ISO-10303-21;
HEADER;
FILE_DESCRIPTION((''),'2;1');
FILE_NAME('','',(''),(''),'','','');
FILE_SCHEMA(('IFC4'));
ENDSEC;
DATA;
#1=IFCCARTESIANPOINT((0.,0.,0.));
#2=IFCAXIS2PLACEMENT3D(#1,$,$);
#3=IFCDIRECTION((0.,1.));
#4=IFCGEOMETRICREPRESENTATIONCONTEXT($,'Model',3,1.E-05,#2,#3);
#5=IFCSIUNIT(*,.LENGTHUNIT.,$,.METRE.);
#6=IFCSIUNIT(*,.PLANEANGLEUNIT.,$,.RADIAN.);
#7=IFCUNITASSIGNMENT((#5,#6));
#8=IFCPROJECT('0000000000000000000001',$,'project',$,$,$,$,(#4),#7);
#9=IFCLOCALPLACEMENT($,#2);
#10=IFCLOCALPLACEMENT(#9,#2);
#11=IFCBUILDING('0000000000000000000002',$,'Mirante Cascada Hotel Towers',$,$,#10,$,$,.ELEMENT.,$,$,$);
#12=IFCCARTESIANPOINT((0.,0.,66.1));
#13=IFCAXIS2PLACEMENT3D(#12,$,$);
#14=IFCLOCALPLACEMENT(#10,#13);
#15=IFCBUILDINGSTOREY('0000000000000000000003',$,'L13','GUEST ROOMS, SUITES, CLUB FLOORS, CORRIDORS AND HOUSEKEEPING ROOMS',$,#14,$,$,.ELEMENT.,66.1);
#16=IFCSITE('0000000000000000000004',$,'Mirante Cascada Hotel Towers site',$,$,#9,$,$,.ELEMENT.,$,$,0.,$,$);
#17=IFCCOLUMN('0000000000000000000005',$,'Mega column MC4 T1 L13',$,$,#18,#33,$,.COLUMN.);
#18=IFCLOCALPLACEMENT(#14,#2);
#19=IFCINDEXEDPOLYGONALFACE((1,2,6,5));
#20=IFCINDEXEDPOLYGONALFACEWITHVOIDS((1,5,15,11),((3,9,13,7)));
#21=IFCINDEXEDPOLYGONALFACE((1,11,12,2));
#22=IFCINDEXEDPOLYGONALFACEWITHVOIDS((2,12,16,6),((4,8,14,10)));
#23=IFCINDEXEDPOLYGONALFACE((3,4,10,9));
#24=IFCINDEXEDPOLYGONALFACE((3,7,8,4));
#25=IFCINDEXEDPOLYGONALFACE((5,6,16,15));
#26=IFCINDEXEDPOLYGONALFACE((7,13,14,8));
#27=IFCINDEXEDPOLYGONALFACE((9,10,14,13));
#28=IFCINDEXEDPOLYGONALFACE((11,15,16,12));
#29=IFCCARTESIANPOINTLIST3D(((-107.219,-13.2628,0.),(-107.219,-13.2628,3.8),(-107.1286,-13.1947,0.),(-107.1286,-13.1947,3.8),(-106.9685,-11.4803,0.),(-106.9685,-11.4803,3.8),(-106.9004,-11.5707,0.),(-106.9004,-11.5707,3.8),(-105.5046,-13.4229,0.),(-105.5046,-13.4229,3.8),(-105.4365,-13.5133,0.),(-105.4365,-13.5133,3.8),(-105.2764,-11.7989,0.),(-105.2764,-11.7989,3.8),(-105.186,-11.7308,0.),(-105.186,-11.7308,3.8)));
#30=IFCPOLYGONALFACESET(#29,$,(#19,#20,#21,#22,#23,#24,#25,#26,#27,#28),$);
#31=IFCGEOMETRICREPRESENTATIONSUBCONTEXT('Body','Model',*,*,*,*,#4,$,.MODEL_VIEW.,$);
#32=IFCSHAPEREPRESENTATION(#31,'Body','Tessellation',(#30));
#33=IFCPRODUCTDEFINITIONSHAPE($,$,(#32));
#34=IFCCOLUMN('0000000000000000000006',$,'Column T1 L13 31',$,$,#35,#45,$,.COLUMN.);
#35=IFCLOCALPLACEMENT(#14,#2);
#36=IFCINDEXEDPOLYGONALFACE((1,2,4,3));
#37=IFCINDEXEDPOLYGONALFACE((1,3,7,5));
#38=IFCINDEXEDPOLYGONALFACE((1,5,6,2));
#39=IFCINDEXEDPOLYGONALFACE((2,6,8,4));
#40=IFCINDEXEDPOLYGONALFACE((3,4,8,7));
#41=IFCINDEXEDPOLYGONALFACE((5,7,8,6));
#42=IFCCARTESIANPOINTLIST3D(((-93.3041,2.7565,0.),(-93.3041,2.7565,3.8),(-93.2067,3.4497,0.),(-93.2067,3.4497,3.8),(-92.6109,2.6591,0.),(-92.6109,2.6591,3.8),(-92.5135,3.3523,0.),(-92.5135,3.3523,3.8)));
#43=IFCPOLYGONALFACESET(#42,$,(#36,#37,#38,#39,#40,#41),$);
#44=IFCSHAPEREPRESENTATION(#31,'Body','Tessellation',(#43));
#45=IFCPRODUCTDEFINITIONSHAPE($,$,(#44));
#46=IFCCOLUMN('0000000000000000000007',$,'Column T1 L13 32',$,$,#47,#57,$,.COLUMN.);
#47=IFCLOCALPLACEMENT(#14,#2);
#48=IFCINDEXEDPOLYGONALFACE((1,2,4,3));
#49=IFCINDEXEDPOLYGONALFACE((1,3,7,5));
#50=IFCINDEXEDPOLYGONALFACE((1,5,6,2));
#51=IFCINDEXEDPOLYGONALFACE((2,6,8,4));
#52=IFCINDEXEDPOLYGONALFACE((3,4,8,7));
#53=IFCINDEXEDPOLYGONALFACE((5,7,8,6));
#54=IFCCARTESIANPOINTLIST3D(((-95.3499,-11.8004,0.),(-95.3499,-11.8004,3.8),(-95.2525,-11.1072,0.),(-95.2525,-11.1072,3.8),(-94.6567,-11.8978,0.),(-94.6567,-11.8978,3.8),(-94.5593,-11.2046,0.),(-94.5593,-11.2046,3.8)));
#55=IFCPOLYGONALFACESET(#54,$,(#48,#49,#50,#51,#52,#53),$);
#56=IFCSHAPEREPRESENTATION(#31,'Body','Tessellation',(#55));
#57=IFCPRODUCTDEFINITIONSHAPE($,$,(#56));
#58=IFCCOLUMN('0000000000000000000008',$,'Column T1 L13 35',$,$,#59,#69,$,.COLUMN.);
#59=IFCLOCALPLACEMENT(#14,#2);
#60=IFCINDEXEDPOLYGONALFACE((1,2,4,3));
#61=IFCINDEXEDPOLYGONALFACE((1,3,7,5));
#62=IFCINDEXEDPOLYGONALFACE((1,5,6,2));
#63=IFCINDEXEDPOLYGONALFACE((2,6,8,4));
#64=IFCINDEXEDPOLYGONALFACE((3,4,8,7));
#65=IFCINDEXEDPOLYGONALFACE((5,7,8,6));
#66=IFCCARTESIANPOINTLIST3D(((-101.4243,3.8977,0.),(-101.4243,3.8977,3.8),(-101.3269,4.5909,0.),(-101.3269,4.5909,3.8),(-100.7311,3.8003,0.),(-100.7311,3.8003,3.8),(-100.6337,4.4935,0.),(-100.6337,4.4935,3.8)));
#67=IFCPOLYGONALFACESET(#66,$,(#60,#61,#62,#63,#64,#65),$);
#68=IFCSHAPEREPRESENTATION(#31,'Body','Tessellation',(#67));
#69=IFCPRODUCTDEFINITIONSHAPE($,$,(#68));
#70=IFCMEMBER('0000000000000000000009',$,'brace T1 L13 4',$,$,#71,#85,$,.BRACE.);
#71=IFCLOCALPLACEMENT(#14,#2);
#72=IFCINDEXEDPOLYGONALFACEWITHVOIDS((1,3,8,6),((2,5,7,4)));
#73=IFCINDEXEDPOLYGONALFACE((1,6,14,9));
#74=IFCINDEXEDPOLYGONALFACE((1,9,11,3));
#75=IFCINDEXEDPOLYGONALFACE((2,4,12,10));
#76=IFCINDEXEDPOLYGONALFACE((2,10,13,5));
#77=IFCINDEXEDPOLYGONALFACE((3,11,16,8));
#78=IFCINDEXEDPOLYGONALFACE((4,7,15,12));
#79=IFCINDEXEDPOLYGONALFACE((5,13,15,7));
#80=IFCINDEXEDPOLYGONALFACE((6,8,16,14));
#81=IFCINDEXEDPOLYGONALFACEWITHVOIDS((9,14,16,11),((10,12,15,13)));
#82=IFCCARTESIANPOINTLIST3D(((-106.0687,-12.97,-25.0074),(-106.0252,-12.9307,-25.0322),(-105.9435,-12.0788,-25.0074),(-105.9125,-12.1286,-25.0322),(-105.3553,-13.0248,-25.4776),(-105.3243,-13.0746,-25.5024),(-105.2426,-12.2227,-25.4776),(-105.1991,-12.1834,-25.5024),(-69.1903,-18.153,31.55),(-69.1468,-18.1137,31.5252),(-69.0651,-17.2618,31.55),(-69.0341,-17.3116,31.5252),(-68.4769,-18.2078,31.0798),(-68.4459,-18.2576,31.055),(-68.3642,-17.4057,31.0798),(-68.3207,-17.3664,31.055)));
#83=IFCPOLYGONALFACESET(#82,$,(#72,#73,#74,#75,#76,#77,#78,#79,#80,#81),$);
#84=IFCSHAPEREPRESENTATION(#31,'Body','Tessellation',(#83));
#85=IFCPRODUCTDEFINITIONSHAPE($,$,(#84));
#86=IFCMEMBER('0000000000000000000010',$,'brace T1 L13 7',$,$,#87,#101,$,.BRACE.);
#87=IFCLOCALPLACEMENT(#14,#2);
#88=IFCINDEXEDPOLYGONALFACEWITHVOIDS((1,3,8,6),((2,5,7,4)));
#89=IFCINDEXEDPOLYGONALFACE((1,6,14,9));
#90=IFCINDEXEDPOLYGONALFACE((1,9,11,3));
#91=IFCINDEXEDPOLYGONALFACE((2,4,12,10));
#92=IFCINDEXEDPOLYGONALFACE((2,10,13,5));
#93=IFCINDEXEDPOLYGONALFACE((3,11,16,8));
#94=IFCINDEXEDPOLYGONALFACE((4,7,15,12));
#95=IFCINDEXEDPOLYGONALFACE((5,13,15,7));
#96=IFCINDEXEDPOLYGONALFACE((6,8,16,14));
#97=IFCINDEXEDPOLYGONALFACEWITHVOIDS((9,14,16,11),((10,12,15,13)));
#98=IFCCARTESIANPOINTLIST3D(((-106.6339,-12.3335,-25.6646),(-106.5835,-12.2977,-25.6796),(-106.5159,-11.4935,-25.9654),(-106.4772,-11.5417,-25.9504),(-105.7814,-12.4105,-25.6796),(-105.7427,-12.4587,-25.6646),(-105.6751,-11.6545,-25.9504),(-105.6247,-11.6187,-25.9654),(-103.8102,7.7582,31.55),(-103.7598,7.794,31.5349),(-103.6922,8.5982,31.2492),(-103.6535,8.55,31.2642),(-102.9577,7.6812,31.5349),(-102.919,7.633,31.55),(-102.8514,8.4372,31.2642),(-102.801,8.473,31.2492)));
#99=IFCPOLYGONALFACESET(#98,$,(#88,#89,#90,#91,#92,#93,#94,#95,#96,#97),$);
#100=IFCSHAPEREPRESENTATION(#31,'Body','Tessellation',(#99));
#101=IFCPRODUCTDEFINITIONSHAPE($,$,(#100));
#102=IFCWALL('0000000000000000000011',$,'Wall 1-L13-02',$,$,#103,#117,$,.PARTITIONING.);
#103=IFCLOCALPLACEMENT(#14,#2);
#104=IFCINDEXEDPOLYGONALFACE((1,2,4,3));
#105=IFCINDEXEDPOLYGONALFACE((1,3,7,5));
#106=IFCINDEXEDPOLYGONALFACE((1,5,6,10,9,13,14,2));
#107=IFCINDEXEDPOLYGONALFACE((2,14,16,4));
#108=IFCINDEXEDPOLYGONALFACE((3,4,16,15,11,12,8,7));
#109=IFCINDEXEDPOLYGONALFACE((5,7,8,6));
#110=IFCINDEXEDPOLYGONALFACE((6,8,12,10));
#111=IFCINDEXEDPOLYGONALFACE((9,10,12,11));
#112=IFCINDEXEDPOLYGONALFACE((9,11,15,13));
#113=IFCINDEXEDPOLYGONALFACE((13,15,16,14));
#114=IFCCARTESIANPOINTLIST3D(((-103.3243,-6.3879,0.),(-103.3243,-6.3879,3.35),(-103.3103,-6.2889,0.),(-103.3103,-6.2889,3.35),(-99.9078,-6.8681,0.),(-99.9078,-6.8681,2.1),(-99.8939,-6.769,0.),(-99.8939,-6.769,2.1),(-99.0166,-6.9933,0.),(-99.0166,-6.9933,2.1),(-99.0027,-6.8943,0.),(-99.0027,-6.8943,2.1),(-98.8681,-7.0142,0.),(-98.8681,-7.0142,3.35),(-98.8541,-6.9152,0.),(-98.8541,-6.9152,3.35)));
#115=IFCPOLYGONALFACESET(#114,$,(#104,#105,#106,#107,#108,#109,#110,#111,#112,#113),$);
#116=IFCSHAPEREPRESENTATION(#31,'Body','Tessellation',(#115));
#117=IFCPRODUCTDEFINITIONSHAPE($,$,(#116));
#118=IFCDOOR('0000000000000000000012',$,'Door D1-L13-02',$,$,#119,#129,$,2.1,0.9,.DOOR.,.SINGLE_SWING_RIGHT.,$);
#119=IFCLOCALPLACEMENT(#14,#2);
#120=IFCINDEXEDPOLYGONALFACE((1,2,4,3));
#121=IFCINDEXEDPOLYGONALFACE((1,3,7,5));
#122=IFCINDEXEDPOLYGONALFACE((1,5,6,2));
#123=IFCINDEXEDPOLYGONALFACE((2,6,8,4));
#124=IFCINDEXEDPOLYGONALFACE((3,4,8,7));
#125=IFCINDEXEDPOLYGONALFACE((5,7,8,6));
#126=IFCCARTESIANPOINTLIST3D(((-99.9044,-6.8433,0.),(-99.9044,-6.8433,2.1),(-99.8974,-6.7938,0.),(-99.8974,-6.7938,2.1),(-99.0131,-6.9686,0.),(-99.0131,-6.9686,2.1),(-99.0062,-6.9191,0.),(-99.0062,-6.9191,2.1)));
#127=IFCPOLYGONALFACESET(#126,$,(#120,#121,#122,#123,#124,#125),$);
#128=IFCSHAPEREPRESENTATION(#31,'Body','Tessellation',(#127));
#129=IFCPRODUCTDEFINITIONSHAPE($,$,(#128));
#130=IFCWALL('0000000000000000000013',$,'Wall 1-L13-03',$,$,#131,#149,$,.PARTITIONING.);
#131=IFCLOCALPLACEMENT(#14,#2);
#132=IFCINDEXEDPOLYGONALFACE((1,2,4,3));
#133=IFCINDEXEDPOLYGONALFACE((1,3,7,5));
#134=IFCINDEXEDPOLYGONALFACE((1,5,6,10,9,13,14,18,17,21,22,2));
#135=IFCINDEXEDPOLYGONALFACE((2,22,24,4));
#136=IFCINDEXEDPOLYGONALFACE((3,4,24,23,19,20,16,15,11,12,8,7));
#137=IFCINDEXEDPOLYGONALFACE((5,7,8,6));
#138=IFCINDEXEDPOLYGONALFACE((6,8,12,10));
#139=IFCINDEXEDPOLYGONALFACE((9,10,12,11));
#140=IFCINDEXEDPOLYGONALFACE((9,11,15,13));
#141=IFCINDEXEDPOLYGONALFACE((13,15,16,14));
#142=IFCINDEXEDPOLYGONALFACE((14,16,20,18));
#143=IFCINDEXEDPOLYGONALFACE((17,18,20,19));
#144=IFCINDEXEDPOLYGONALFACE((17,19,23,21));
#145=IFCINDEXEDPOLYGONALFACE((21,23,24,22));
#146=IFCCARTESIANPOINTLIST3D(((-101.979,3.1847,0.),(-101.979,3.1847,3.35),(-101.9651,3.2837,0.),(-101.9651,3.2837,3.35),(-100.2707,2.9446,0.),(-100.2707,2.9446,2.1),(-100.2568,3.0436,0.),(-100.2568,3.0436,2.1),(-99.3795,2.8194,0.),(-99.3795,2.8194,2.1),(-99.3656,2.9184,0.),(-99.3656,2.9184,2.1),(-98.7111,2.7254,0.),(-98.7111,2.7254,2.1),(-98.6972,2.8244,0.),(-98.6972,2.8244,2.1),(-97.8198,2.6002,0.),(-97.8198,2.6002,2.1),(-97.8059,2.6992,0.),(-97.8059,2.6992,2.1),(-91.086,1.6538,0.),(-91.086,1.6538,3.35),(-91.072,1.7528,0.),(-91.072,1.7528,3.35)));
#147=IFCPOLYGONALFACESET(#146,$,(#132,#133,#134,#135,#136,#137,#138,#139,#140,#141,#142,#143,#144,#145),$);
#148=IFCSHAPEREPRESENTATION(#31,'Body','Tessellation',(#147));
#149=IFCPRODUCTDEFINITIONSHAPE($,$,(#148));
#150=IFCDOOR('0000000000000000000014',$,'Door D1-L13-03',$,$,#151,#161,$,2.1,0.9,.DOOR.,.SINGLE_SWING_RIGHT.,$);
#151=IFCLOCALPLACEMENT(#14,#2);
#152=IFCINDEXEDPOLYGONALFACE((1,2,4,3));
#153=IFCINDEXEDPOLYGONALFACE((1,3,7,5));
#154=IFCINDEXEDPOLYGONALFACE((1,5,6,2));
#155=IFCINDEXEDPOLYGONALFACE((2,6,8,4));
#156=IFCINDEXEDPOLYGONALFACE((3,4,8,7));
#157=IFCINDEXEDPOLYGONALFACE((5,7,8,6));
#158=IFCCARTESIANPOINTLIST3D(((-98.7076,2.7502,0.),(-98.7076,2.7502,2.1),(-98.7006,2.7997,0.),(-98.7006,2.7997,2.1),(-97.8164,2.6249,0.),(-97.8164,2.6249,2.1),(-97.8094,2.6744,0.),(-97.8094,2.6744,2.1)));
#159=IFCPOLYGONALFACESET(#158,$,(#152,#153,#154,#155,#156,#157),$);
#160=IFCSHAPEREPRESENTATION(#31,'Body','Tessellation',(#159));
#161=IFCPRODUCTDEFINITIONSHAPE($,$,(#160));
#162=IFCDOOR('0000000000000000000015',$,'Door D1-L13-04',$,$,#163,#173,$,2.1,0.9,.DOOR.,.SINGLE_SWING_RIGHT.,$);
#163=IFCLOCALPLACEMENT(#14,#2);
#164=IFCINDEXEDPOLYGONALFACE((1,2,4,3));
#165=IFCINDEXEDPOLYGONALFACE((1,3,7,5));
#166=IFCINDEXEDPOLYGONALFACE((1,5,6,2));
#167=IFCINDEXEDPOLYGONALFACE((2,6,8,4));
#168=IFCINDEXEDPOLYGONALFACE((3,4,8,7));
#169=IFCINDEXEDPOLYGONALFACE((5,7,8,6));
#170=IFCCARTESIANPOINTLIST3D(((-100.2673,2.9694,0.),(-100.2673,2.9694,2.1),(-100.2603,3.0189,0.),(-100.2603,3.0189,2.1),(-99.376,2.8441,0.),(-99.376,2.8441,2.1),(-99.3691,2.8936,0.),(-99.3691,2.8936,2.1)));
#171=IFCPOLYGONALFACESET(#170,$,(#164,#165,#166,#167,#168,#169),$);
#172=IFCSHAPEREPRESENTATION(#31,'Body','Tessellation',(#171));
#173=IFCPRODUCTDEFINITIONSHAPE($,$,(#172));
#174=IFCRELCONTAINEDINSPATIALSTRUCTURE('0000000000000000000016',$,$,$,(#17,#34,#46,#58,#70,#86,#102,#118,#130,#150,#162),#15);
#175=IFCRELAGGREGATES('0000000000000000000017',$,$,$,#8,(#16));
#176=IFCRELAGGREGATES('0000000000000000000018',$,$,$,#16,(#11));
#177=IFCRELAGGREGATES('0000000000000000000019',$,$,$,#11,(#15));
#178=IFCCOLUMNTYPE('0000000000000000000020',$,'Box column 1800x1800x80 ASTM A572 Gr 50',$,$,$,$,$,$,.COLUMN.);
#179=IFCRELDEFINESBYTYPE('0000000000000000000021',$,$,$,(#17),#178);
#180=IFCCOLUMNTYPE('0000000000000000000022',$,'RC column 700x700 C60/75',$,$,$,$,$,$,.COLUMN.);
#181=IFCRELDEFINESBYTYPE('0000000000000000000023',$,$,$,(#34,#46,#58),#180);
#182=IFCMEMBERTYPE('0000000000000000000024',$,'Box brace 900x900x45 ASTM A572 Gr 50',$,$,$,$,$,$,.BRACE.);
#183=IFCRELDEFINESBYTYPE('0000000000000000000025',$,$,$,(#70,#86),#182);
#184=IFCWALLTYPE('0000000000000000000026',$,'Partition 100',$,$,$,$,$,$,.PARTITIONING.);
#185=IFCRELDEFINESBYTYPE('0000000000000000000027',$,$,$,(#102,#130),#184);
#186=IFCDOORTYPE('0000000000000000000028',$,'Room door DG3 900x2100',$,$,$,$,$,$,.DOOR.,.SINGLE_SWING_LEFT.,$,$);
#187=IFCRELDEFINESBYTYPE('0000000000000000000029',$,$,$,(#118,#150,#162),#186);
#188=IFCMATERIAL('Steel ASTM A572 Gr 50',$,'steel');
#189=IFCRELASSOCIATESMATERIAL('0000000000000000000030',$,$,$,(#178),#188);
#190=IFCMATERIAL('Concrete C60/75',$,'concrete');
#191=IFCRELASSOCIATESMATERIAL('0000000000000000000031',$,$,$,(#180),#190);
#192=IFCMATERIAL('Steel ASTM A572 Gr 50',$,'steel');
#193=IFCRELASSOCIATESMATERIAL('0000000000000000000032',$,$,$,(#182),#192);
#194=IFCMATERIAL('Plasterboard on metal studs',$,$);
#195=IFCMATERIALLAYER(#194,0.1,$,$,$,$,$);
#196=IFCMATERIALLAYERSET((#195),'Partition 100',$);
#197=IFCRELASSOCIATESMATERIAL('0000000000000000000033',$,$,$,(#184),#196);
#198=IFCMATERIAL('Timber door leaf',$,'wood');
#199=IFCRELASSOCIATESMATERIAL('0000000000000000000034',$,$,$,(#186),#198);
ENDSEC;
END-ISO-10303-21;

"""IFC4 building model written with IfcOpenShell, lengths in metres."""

from ifc_helpers import new_model, si_unit, direction, frame, frame_2d, origin, origin_2d, place, context, subcontext, project, spatial, rectangle, hollow_rectangle, extrude, material, layer, layer_set, material_profile, profile_set, type_object, element, fill, save


model = new_model("IFC4")

# Units and contexts
model_context = context("Model", 3, precision=1e-05, world=origin(), true_north=direction((0.0, 1.0)))
body_context = subcontext(model_context, "Body", "Model", "MODEL_VIEW")
ifc_project = project(units=[si_unit("LENGTHUNIT", "METRE"), si_unit("PLANEANGLEUNIT", "RADIAN")], contexts=[model_context])

# Site, building, storey
site_placement = place(None, origin())
site = spatial("IfcSite", under=ifc_project, at=site_placement, Name="Mirante Cascada Hotel Towers site", CompositionType="ELEMENT", RefElevation=0.0)
building_placement = place(site_placement, origin())
building = spatial("IfcBuilding", under=site, at=building_placement, Name="Mirante Cascada Hotel Towers", CompositionType="ELEMENT")
storey_placement = place(building_placement, frame((0.0, 0.0, 66.1)))
storey = spatial("IfcBuildingStorey", under=building, at=storey_placement, Name="L13", Description="GUEST ROOMS, SUITES, CLUB FLOORS, CORRIDORS AND HOUSEKEEPING ROOMS", CompositionType="ELEMENT", Elevation=66.1)

# Columns
ifc_material_1 = material(Name="Steel ASTM A572 Gr 50", Category="steel")
ifc_material_profile_1 = material_profile(ifc_material_1, hollow_rectangle(XDim=1.8, YDim=1.8, WallThickness=0.08, at=origin_2d()), Name="Box column 1800x1800x80 ASTM A572 Gr 50")
ifc_profile_set_1 = profile_set([ifc_material_profile_1], Name="Steel ASTM A572 Gr 50")
column_type_1 = type_object("IfcColumnType", Name="Box column 1800x1800x80 ASTM A572 Gr 50", PredefinedType="COLUMN", material=ifc_profile_set_1)
column_placement = place(storey_placement, frame((-106.2025, -12.4968, 0.0), z_axis=(0.0, 0.0, 1.0), x_axis=(-0.990268, 0.139173, 0.0)))
element("IfcColumn", 1, at=column_placement, inside=storey, type_object=column_type_1, Name="Mega column MC4 T1 L13", PredefinedType="COLUMN", context=body_context, shape_type="SweptSolid", body=[
    extrude(hollow_rectangle(XDim=1.8, YDim=1.8, WallThickness=0.08, at=origin_2d()), origin(), (0.0, 0.0, 1.0), 3.8),
])
ifc_material_2 = material(Name="Concrete C60/75", Category="concrete")
ifc_material_profile_2 = material_profile(ifc_material_2, rectangle(XDim=0.7, YDim=0.7, at=origin_2d()), Name="RC column 700x700 C60/75")
ifc_profile_set_2 = profile_set([ifc_material_profile_2], Name="Concrete C60/75")
column_type_2 = type_object("IfcColumnType", Name="RC column 700x700 C60/75", PredefinedType="COLUMN", material=ifc_profile_set_2)
for number, where, z_axis, x_axis, name in (
    (2, (-92.9088, 3.0544, 0.0), (0.0, 0.0, 1.0), (-0.990268, 0.139173, 0.0), "Column T1 L13 31"),
    (3, (-94.9546, -11.5025, 0.0), (0.0, 0.0, 1.0), (-0.990268, 0.139173, 0.0), "Column T1 L13 32"),
    (4, (-101.029, 4.1956, 0.0), (0.0, 0.0, 1.0), (-0.990268, 0.139173, 0.0), "Column T1 L13 35"),
):
    element("IfcColumn", number, at=place(storey_placement, frame(where, z_axis=z_axis, x_axis=x_axis)), inside=storey, type_object=column_type_2, Name=name, PredefinedType="COLUMN", context=body_context, shape_type="SweptSolid", body=[
        extrude(rectangle(XDim=0.7, YDim=0.7, at=origin_2d()), origin(), (0.0, 0.0, 1.0), 3.8),
    ])

# Members
ifc_material_3 = material(Name="Steel ASTM A572 Gr 50", Category="steel")
ifc_material_profile_3 = material_profile(ifc_material_3, hollow_rectangle(XDim=0.9, YDim=0.9, WallThickness=0.045, at=origin_2d()), Name="Box brace 900x900x45 ASTM A572 Gr 50")
ifc_profile_set_3 = profile_set([ifc_material_profile_3], Name="Steel ASTM A572 Gr 50")
member_type = type_object("IfcMemberType", Name="Box brace 900x900x45 ASTM A572 Gr 50", PredefinedType="BRACE", material=ifc_profile_set_3)
member_1_placement = place(storey_placement, frame((-105.6339, -12.5767, -25.2549), z_axis=(0.544594, -0.076539, 0.8352), x_axis=(0.139175, 0.990268, 0.0)))
element("IfcMember", 5, at=member_1_placement, inside=storey, type_object=member_type, Name="brace T1 L13 4", PredefinedType="BRACE", context=body_context, shape_type="SweptSolid", body=[
    extrude(hollow_rectangle(XDim=0.9, YDim=0.9, WallThickness=0.045, at=origin_2d()), origin(), (0.0, 0.0, 1.0), 67.7172),
])
member_2_placement = place(storey_placement, frame((-106.1293, -11.9761, -25.815), z_axis=(0.046515, 0.33097, 0.942494), x_axis=(-0.990268, 0.139173, 0.0)))
element("IfcMember", 6, at=member_2_placement, inside=storey, type_object=member_type, Name="brace T1 L13 7", PredefinedType="BRACE", context=body_context, shape_type="SweptSolid", body=[
    extrude(hollow_rectangle(XDim=0.9, YDim=0.9, WallThickness=0.045, at=origin_2d()), origin(), (0.0, 0.0, 1.0), 60.7055),
])

# Wall, opening, door
ifc_material_4 = material(Name="Plasterboard on metal studs")
ifc_layer_1 = layer(ifc_material_4, 0.1)
ifc_layer_set_1 = layer_set([ifc_layer_1], Name="Partition 100")
wall_type_1 = type_object("IfcWallType", Name="Partition 100", PredefinedType="PARTITIONING", material=ifc_layer_set_1)
wall_1_placement = place(storey_placement, frame((-98.8611, -6.9647, 0.0), z_axis=(0.0, 0.0, 1.0), x_axis=(-0.990267, 0.139178, 0.0)))
wall_1 = element("IfcWall", 7, at=wall_1_placement, inside=storey, type_object=wall_type_1, Name="Wall 1-L13-02", PredefinedType="PARTITIONING", context=body_context, shape_type="SweptSolid", body=[
    extrude(rectangle(XDim=4.5, YDim=0.1, at=frame_2d((2.25, 0.0))), origin(), (0.0, 0.0, 1.0), 3.35),
])
opening_1_placement = place(wall_1_placement, frame((0.15, 0.0, 0.0)))
opening_1 = element("IfcOpeningElement", 8, at=opening_1_placement, cuts=wall_1, PredefinedType="OPENING", context=body_context, shape_type="SweptSolid", body=[
    extrude(rectangle(XDim=0.9, YDim=2.1, at=frame_2d((0.45, 1.05))), frame((0.0, 0.05, 0.0), z_axis=(0.0, -1.0, 0.0), x_axis=(1.0, 0.0, 0.0)), (0.0, 0.0, 1.0), 0.1),
])
ifc_material_5 = material(Name="Timber door leaf", Category="wood")
door_type = type_object("IfcDoorType", Name="Room door DG3 900x2100", OperationType="SINGLE_SWING_LEFT", PredefinedType="DOOR", material=ifc_material_5)
door_1_placement = place(opening_1_placement, frame((0.9, 0.0, 0.0), z_axis=(0.0, 0.0, 1.0), x_axis=(-1.0, 0.0, 0.0)))
door_1 = element("IfcDoor", 9, at=door_1_placement, inside=storey, type_object=door_type, Name="Door D1-L13-02", OperationType="SINGLE_SWING_RIGHT", OverallHeight=2.1, OverallWidth=0.9, PredefinedType="DOOR", context=body_context, shape_type="SweptSolid", body=[
    extrude(rectangle(XDim=0.9, YDim=2.1, at=frame_2d((0.45, 1.05))), frame((0.0, 0.025, 0.0), z_axis=(0.0, -1.0, 0.0), x_axis=(1.0, 0.0, 0.0)), (0.0, 0.0, 1.0), 0.05),
])
fill(opening_1, door_1)

# Wall, openings, doors
wall_2_placement = place(storey_placement, frame((-101.972, 3.2342, 0.0), z_axis=(0.0, 0.0, 1.0), x_axis=(0.990268, -0.139172, 0.0)))
wall_2 = element("IfcWall", 10, at=wall_2_placement, inside=storey, type_object=wall_type_1, Name="Wall 1-L13-03", PredefinedType="PARTITIONING", context=body_context, shape_type="SweptSolid", body=[
    extrude(rectangle(XDim=11.0001, YDim=0.1, at=frame_2d((5.5, 0.0))), origin(), (0.0, 0.0, 1.0), 3.35),
])
opening_2_placement = place(wall_2_placement, frame((3.3, 0.0, 0.0)))
opening_2 = element("IfcOpeningElement", 11, at=opening_2_placement, cuts=wall_2, PredefinedType="OPENING", context=body_context, shape_type="SweptSolid", body=[
    extrude(rectangle(XDim=0.9, YDim=2.1, at=frame_2d((0.45, 1.05))), frame((0.0, 0.05, 0.0), z_axis=(0.0, -1.0, 0.0), x_axis=(1.0, 0.0, 0.0)), (0.0, 0.0, 1.0), 0.1),
])
opening_3_placement = place(wall_2_placement, frame((1.725, 0.0, 0.0)))
opening_3 = element("IfcOpeningElement", 12, at=opening_3_placement, cuts=wall_2, PredefinedType="OPENING", context=body_context, shape_type="SweptSolid", body=[
    extrude(rectangle(XDim=0.9, YDim=2.1, at=frame_2d((0.45, 1.05))), frame((0.0, 0.05, 0.0), z_axis=(0.0, -1.0, 0.0), x_axis=(1.0, 0.0, 0.0)), (0.0, 0.0, 1.0), 0.1),
])
door_2_placement = place(opening_2_placement, frame((0.9, 0.0, 0.0), z_axis=(0.0, 0.0, 1.0), x_axis=(-1.0, 0.0, 0.0)))
door_2 = element("IfcDoor", 13, at=door_2_placement, inside=storey, type_object=door_type, Name="Door D1-L13-03", OperationType="SINGLE_SWING_RIGHT", OverallHeight=2.1, OverallWidth=0.9, PredefinedType="DOOR", context=body_context, shape_type="SweptSolid", body=[
    extrude(rectangle(XDim=0.9, YDim=2.1, at=frame_2d((0.45, 1.05))), frame((0.0, 0.025, 0.0), z_axis=(0.0, -1.0, 0.0), x_axis=(1.0, 0.0, 0.0)), (0.0, 0.0, 1.0), 0.05),
])
fill(opening_2, door_2)
door_3_placement = place(opening_3_placement, frame((0.9, 0.0, 0.0), z_axis=(0.0, 0.0, 1.0), x_axis=(-1.0, 0.0, 0.0)))
door_3 = element("IfcDoor", 14, at=door_3_placement, inside=storey, type_object=door_type, Name="Door D1-L13-04", OperationType="SINGLE_SWING_RIGHT", OverallHeight=2.1, OverallWidth=0.9, PredefinedType="DOOR", context=body_context, shape_type="SweptSolid", body=[
    extrude(rectangle(XDim=0.9, YDim=2.1, at=frame_2d((0.45, 1.05))), frame((0.0, 0.025, 0.0), z_axis=(0.0, -1.0, 0.0), x_axis=(1.0, 0.0, 0.0)), (0.0, 0.0, 1.0), 0.05),
])
fill(opening_3, door_3)

save(model, "model.ifc")
